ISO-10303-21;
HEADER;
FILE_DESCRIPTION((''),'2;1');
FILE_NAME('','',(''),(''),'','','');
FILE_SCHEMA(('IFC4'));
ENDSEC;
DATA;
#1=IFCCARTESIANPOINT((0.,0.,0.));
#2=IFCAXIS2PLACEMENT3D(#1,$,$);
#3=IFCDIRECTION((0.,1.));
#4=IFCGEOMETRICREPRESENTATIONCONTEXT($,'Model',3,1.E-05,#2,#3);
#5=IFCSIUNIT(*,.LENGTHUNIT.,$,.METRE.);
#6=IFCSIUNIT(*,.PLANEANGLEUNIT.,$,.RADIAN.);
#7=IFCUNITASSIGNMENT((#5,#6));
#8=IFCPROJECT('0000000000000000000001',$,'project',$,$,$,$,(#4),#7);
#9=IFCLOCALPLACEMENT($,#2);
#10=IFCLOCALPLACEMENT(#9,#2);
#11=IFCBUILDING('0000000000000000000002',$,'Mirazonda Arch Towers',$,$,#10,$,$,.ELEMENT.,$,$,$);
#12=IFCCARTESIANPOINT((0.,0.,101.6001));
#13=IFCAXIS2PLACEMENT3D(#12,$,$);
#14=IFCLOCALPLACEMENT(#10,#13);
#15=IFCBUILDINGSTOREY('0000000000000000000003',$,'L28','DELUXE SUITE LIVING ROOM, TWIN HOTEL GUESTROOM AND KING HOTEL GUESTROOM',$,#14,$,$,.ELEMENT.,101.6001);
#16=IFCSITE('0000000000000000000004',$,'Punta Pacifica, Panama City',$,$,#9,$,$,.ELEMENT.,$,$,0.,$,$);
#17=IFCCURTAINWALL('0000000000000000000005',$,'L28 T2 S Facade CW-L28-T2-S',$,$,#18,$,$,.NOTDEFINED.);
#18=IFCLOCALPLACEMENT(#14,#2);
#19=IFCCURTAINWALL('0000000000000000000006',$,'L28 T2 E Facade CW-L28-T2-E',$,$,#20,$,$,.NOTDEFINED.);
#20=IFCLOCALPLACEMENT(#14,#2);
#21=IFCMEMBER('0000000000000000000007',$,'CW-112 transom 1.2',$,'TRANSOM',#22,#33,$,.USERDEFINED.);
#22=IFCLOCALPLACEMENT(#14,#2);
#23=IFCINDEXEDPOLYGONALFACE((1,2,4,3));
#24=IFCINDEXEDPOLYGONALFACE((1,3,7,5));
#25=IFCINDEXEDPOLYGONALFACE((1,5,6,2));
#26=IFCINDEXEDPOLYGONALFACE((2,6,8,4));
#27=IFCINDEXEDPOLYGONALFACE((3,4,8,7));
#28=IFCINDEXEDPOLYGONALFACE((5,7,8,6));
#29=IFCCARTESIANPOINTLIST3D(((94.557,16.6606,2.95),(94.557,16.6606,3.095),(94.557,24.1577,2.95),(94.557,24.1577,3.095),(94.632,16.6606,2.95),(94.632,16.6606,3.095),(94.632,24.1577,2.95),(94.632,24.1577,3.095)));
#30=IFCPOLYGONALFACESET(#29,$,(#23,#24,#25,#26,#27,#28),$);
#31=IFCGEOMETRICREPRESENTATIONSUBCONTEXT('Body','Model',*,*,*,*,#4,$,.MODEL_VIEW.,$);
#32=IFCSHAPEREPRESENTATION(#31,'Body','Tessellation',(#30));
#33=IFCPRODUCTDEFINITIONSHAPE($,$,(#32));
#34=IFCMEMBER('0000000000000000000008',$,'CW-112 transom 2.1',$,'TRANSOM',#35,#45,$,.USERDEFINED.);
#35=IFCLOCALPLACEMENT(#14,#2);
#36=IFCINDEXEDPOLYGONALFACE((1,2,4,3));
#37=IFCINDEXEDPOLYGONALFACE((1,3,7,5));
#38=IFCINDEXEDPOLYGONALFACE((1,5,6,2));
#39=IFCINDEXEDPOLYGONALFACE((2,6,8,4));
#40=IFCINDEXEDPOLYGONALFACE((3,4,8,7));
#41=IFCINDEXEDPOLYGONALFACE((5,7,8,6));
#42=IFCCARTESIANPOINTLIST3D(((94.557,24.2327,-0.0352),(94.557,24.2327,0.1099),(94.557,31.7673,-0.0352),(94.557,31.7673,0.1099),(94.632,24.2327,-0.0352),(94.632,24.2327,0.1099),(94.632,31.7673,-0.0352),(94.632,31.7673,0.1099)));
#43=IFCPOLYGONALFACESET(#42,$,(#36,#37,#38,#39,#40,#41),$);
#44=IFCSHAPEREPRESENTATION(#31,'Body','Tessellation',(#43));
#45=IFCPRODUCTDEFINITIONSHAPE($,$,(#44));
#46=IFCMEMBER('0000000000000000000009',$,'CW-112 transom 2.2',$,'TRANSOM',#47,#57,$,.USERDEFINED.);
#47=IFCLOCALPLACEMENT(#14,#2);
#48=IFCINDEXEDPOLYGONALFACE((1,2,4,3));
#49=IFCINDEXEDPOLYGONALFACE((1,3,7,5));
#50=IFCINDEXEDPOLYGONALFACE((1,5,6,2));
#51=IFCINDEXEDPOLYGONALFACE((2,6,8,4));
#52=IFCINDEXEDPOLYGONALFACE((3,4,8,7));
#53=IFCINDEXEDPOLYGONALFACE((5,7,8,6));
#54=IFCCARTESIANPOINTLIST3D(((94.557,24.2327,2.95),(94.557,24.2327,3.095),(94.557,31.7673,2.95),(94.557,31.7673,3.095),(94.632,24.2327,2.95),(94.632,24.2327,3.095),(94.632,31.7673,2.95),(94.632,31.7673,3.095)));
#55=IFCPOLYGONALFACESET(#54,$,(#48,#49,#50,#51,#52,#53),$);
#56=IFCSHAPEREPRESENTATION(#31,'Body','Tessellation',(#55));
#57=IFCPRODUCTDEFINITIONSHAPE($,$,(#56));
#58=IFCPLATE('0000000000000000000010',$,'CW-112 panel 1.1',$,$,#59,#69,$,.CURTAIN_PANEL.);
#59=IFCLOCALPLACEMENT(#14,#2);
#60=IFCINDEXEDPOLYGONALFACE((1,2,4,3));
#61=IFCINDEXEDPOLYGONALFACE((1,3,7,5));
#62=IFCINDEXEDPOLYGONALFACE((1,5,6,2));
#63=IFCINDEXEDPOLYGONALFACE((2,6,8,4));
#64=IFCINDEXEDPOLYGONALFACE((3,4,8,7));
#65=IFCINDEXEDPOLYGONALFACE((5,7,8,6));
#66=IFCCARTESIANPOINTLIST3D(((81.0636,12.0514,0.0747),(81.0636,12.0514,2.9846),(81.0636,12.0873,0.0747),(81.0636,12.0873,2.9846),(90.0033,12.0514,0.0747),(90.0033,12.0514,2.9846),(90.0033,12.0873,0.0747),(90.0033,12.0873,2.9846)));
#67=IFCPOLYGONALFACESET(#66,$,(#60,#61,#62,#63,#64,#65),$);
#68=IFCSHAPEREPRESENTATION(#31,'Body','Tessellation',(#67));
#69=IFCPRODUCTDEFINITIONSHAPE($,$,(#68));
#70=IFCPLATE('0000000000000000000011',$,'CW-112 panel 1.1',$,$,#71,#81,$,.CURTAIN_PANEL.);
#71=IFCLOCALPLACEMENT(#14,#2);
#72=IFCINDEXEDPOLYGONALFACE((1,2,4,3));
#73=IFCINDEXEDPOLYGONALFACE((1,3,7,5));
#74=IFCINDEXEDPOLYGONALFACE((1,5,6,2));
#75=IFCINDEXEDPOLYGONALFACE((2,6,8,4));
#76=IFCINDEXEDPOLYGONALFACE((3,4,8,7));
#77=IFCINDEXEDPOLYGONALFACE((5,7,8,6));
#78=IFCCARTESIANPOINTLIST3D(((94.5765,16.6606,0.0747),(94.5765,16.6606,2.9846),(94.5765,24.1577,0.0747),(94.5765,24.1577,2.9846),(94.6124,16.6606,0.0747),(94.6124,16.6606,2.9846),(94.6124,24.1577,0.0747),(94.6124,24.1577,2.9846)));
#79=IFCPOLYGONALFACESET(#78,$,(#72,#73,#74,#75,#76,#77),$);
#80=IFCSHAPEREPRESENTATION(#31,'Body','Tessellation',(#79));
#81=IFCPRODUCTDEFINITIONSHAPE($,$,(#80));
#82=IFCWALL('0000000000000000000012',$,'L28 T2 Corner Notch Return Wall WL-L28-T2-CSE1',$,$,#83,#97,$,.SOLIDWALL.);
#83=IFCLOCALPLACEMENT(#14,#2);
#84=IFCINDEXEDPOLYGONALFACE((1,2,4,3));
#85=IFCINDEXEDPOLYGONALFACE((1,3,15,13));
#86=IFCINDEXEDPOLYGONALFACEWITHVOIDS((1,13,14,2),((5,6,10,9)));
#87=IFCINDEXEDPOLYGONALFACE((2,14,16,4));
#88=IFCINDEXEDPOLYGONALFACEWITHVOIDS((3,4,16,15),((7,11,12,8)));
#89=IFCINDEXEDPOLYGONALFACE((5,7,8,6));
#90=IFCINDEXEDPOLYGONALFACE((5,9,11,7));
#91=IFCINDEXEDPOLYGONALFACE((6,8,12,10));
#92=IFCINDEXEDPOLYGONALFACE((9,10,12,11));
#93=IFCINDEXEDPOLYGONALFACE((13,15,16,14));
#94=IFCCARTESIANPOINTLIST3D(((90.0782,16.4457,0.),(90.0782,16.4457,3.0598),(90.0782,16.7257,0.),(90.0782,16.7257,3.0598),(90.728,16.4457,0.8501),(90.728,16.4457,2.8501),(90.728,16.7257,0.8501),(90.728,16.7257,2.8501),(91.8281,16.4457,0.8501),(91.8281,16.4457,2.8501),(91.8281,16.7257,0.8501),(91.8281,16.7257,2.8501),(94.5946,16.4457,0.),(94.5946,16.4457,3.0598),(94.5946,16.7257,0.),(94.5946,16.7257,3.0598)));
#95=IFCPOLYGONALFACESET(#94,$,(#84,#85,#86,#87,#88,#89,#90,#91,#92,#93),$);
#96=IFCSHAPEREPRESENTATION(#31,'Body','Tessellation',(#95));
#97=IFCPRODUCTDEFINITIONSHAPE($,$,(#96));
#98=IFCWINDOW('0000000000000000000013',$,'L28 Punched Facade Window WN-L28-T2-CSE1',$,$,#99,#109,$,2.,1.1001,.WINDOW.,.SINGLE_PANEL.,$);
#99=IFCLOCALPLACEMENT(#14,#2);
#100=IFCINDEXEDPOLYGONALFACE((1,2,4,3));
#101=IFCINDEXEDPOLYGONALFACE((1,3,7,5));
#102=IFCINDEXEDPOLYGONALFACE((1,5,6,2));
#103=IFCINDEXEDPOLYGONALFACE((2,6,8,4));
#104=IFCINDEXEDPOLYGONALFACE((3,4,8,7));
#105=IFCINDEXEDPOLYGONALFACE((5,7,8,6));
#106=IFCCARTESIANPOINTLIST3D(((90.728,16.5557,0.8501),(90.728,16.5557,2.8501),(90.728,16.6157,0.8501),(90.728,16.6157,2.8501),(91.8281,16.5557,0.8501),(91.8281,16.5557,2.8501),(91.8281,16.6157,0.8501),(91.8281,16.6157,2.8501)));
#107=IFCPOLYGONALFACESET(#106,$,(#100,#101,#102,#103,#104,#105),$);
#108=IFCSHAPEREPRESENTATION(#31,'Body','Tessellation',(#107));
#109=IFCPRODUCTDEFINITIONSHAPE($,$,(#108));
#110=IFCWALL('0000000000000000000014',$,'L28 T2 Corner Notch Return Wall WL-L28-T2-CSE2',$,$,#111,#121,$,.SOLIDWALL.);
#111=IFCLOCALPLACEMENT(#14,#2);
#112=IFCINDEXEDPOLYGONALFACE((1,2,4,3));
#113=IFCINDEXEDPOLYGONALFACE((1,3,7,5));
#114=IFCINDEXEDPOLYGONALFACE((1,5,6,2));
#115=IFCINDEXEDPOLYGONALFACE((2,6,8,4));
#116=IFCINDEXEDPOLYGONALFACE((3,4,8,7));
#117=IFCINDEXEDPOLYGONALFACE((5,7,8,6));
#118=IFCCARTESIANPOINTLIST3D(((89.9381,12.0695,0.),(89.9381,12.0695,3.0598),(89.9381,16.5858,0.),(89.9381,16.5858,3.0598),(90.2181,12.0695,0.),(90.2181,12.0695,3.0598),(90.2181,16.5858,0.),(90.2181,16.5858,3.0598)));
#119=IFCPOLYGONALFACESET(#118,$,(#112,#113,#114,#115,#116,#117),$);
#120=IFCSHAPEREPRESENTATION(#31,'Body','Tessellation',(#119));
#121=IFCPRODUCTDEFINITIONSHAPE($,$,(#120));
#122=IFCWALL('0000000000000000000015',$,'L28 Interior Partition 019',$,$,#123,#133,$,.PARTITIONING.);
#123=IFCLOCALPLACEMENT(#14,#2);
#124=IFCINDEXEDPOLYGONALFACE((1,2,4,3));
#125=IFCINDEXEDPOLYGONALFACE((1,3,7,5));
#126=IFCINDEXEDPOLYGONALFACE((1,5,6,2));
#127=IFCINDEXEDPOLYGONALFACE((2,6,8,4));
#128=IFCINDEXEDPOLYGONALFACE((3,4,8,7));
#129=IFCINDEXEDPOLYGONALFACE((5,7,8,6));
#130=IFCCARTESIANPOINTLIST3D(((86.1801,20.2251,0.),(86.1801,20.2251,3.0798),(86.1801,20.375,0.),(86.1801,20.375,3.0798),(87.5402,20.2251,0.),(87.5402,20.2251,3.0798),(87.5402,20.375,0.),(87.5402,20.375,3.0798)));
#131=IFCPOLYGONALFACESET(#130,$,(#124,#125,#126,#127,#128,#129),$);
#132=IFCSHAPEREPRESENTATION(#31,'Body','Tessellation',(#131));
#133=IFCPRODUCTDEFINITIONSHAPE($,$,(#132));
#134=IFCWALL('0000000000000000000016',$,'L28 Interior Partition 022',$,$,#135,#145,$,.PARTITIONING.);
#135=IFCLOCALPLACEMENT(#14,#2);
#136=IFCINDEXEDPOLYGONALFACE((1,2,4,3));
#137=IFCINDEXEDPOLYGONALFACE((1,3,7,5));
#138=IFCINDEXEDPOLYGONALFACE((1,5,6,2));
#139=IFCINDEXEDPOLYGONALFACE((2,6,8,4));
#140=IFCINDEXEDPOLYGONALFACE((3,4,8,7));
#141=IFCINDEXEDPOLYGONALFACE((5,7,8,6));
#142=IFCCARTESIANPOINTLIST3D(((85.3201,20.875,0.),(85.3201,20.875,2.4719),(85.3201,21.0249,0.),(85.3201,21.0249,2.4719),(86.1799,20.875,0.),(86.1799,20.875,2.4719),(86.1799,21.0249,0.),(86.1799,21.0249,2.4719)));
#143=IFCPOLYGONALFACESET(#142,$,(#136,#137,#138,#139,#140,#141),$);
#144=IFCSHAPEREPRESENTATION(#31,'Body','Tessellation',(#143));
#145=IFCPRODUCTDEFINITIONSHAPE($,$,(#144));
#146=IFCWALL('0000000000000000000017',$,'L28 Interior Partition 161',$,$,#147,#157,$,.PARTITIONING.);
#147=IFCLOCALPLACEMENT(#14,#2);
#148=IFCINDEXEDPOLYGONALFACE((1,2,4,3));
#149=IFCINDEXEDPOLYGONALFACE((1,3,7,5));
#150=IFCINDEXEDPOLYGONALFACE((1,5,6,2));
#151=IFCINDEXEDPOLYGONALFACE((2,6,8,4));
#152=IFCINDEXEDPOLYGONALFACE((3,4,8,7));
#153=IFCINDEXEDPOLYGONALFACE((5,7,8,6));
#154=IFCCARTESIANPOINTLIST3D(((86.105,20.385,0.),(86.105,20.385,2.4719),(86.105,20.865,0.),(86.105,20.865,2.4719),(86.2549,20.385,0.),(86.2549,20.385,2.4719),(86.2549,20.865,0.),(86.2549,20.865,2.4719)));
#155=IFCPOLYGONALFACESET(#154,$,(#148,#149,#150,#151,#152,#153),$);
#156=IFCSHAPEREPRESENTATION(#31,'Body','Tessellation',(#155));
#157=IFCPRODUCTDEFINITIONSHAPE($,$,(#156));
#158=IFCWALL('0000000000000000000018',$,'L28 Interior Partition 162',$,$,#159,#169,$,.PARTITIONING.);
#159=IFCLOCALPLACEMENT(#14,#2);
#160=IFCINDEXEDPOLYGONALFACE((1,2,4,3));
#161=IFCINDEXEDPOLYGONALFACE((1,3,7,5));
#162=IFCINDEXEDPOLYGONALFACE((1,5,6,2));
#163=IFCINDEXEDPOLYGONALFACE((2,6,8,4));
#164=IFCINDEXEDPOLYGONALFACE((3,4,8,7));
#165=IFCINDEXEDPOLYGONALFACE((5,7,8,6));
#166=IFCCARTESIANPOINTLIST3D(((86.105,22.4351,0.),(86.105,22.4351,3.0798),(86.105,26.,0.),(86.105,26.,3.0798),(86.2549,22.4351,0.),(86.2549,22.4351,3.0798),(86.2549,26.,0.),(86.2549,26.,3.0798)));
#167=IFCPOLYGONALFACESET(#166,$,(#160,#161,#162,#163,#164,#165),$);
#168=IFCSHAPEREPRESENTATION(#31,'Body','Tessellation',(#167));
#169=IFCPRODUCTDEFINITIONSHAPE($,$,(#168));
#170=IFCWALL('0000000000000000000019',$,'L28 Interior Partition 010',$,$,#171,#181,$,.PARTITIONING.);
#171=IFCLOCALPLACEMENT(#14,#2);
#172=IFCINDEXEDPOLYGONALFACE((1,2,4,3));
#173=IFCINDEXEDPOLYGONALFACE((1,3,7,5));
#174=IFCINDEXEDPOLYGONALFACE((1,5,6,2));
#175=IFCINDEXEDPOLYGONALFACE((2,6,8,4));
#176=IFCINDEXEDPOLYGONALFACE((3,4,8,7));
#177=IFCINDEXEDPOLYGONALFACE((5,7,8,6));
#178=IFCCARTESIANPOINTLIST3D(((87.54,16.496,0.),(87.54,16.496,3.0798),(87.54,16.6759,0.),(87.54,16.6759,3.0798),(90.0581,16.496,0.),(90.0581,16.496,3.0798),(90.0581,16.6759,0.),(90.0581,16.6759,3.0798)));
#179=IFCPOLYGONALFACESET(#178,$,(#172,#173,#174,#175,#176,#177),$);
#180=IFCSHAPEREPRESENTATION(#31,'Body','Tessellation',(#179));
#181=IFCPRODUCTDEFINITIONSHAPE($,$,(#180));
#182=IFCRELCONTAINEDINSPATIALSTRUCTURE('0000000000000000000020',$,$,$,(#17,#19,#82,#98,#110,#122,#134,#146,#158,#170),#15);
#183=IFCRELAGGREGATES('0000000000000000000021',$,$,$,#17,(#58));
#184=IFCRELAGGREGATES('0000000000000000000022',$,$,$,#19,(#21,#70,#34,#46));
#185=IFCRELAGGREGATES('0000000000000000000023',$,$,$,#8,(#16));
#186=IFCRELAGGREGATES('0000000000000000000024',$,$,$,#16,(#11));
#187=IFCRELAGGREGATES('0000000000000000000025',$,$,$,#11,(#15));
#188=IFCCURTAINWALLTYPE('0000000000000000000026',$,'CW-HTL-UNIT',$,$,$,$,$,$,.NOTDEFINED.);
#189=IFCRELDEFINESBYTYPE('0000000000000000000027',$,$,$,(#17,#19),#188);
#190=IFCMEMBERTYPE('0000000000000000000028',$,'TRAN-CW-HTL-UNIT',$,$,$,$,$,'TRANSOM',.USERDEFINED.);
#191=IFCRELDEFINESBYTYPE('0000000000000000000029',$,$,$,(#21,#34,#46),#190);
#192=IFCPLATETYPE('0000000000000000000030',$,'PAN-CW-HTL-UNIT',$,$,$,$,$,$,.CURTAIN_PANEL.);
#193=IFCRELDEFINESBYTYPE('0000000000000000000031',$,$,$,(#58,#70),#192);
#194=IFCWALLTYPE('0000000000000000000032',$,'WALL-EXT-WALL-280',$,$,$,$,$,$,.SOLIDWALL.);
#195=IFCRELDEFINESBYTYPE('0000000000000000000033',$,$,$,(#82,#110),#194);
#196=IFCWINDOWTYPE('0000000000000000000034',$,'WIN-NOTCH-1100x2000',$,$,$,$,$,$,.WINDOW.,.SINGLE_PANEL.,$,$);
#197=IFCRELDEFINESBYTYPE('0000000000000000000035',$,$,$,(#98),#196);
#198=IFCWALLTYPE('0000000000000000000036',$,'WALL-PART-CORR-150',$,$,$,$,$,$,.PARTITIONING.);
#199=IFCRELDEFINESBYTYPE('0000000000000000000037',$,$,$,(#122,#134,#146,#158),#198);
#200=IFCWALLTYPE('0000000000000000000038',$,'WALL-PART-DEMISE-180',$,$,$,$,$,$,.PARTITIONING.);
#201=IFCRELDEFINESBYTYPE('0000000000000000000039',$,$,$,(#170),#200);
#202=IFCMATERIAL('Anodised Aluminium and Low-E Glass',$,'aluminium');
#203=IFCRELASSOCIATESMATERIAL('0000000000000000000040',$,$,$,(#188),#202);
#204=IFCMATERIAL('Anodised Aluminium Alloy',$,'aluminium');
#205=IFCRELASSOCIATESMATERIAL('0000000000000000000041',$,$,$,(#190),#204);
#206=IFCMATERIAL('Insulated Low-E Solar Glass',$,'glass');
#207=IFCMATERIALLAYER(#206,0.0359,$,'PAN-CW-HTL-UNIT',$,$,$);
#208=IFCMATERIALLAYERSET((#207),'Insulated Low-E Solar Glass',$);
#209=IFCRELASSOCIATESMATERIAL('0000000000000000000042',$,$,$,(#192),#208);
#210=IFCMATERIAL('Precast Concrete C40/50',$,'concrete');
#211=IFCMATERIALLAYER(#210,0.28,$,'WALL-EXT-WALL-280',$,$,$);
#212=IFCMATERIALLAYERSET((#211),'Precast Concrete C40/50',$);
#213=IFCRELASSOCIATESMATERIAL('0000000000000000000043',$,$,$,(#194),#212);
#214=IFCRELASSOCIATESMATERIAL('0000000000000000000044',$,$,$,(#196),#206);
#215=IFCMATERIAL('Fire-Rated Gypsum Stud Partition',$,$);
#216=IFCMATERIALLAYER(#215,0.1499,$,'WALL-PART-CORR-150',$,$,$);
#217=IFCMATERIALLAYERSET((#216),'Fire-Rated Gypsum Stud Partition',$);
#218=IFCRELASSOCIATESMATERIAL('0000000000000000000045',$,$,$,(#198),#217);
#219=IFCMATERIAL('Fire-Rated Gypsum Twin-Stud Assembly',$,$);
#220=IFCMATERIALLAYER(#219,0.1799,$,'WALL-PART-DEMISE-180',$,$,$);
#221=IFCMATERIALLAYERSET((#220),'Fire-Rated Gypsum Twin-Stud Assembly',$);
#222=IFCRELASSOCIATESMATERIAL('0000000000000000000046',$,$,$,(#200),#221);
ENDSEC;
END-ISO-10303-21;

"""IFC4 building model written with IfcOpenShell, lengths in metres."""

from ifc_helpers import new_model, si_unit, direction, frame, frame_2d, origin, origin_2d, place, context, subcontext, project, spatial, rectangle, extrude, material, layer, layer_set, material_profile, profile_set, type_object, element, fill, aggregate, save


model = new_model("IFC4")

# Units and contexts
model_context = context("Model", 3, precision=1e-05, world=origin(), true_north=direction((0.0, 1.0)))
body_context = subcontext(model_context, "Body", "Model", "MODEL_VIEW")
ifc_project = project(units=[si_unit("LENGTHUNIT", "METRE"), si_unit("PLANEANGLEUNIT", "RADIAN")], contexts=[model_context])

# Site, building, storey
site_placement = place(None, origin())
site = spatial("IfcSite", under=ifc_project, at=site_placement, Name="Punta Pacifica, Panama City", CompositionType="ELEMENT", RefElevation=0.0)
building_placement = place(site_placement, origin())
building = spatial("IfcBuilding", under=site, at=building_placement, Name="Mirazonda Arch Towers", CompositionType="ELEMENT")
storey_placement = place(building_placement, frame((0.0, 0.0, 101.6001)))
storey = spatial("IfcBuildingStorey", under=building, at=storey_placement, Name="L28", Description="DELUXE SUITE LIVING ROOM, TWIN HOTEL GUESTROOM AND KING HOTEL GUESTROOM", CompositionType="ELEMENT", Elevation=101.6001)

# Curtain wall
ifc_material_1 = material(Name="Anodised Aluminium and Low-E Glass", Category="aluminium")
curtain_wall_type = type_object("IfcCurtainWallType", Name="CW-HTL-UNIT", PredefinedType="NOTDEFINED", material=ifc_material_1)
curtain_wall_1_placement = place(storey_placement, origin())
curtain_wall_1 = element("IfcCurtainWall", 1, at=curtain_wall_1_placement, inside=storey, type_object=curtain_wall_type, Name="L28 T2 S Facade CW-L28-T2-S", PredefinedType="NOTDEFINED")
ifc_material_2 = material(Name="Anodised Aluminium Alloy", Category="aluminium")

# Curtain wall
curtain_wall_2_placement = place(storey_placement, origin())
curtain_wall_2 = element("IfcCurtainWall", 2, at=curtain_wall_2_placement, inside=storey, type_object=curtain_wall_type, Name="L28 T2 E Facade CW-L28-T2-E", PredefinedType="NOTDEFINED")

# Members
ifc_material_profile_1 = material_profile(ifc_material_2, rectangle(XDim=0.075, YDim=0.145, at=origin_2d()), Name="ALU-TRAN-75x145")
ifc_profile_set_1 = profile_set([ifc_material_profile_1], Name="Anodised Aluminium Alloy")
member_type_1 = type_object("IfcMemberType", Name="TRAN-CW-HTL-UNIT", ElementType="TRANSOM", PredefinedType="USERDEFINED", material=ifc_profile_set_1)
member_1_placement = place(storey_placement, frame((94.5945, 16.6606, 3.0225), z_axis=(0.0, 1.0, 0.0), x_axis=(-1.0, 0.0, 0.0)))
member_1 = element("IfcMember", 3, at=member_1_placement, type_object=member_type_1, Name="CW-112 transom 1.2", ObjectType="TRANSOM", PredefinedType="USERDEFINED", context=body_context, shape_type="SweptSolid", body=[
    extrude(rectangle(XDim=0.075, YDim=0.145, at=origin_2d()), origin(), (0.0, 0.0, 1.0), 7.4971),
])
member_2_placement = place(storey_placement, frame((94.5945, 24.2327, 0.0374), z_axis=(0.0, 1.0, 0.0), x_axis=(-1.0, 0.0, 0.0)))
member_2 = element("IfcMember", 4, at=member_2_placement, type_object=member_type_1, Name="CW-112 transom 2.1", ObjectType="TRANSOM", PredefinedType="USERDEFINED", context=body_context, shape_type="SweptSolid", body=[
    extrude(rectangle(XDim=0.075, YDim=0.145, at=origin_2d()), origin(), (0.0, 0.0, 1.0), 7.5347),
])
member_3_placement = place(storey_placement, frame((94.5945, 24.2327, 3.0225), z_axis=(0.0, 1.0, 0.0), x_axis=(-1.0, 0.0, 0.0)))
member_3 = element("IfcMember", 5, at=member_3_placement, type_object=member_type_1, Name="CW-112 transom 2.2", ObjectType="TRANSOM", PredefinedType="USERDEFINED", context=body_context, shape_type="SweptSolid", body=[
    extrude(rectangle(XDim=0.075, YDim=0.145, at=origin_2d()), origin(), (0.0, 0.0, 1.0), 7.5347),
])

# Plates
ifc_material_3 = material(Name="Insulated Low-E Solar Glass", Category="glass")
ifc_layer_1 = layer(ifc_material_3, 0.0359, Name="PAN-CW-HTL-UNIT")
ifc_layer_set_1 = layer_set([ifc_layer_1], Name="Insulated Low-E Solar Glass")
plate_type = type_object("IfcPlateType", Name="PAN-CW-HTL-UNIT", PredefinedType="CURTAIN_PANEL", material=ifc_layer_set_1)
plate_1_placement = place(storey_placement, frame((85.5334, 12.0693, 0.0747), z_axis=(0.0, 0.0, 1.0), x_axis=(-1.0, 0.0, 0.0)))
plate_1 = element("IfcPlate", 6, at=plate_1_placement, type_object=plate_type, Name="CW-112 panel 1.1", PredefinedType="CURTAIN_PANEL", context=body_context, shape_type="SweptSolid", body=[
    extrude(rectangle(XDim=8.9397, YDim=0.0359, at=origin_2d()), origin(), (0.0, 0.0, 1.0), 2.9099),
])
aggregate(curtain_wall_1, [plate_1])
plate_2_placement = place(storey_placement, frame((94.5945, 20.4092, 0.0747), z_axis=(0.0, 0.0, 1.0), x_axis=(0.0, 1.0, 0.0)))
plate_2 = element("IfcPlate", 7, at=plate_2_placement, type_object=plate_type, Name="CW-112 panel 1.1", PredefinedType="CURTAIN_PANEL", context=body_context, shape_type="SweptSolid", body=[
    extrude(rectangle(XDim=7.4971, YDim=0.0359, at=origin_2d()), origin(), (0.0, 0.0, 1.0), 2.9099),
])
aggregate(curtain_wall_2, [member_1, plate_2, member_2, member_3])

# Wall, opening, window
ifc_material_4 = material(Name="Precast Concrete C40/50", Category="concrete")
ifc_layer_2 = layer(ifc_material_4, 0.28, Name="WALL-EXT-WALL-280")
ifc_layer_set_2 = layer_set([ifc_layer_2], Name="Precast Concrete C40/50")
wall_type_1 = type_object("IfcWallType", Name="WALL-EXT-WALL-280", PredefinedType="SOLIDWALL", material=ifc_layer_set_2)
wall_1_placement = place(storey_placement, frame((90.0781, 16.5857, 0.0), z_axis=(0.0, 0.0, 1.0), x_axis=(1.0, 0.0, 0.0)))
wall_1 = element("IfcWall", 8, at=wall_1_placement, inside=storey, type_object=wall_type_1, Name="L28 T2 Corner Notch Return Wall WL-L28-T2-CSE1", PredefinedType="SOLIDWALL", context=body_context, shape_type="SweptSolid", body=[
    extrude(rectangle(XDim=4.5164, YDim=0.28, at=frame_2d((2.2583, 0.0))), origin(), (0.0, 0.0, 1.0), 3.0598),
])
opening_1_placement = place(wall_1_placement, frame((0.6499, 0.0, 0.8501)))
opening_1 = element("IfcOpeningElement", 9, at=opening_1_placement, cuts=wall_1, PredefinedType="OPENING", context=body_context, shape_type="SweptSolid", body=[
    extrude(rectangle(XDim=1.1001, YDim=2.0, at=frame_2d((0.55, 1.0))), frame((0.0, 0.1499, 0.0), z_axis=(0.0, -1.0, 0.0), x_axis=(1.0, 0.0, 0.0)), (0.0, 0.0, 1.0), 0.3),
])
window_type = type_object("IfcWindowType", Name="WIN-NOTCH-1100x2000", PartitioningType="SINGLE_PANEL", PredefinedType="WINDOW", material=ifc_material_3)
window_placement = place(opening_1_placement, origin())
window = element("IfcWindow", 10, at=window_placement, inside=storey, type_object=window_type, Name="L28 Punched Facade Window WN-L28-T2-CSE1", OverallHeight=2.0, OverallWidth=1.1001, PartitioningType="SINGLE_PANEL", PredefinedType="WINDOW", context=body_context, shape_type="SweptSolid", body=[
    extrude(rectangle(XDim=1.1001, YDim=2.0, at=frame_2d((0.55, 1.0))), frame((0.0, 0.03, 0.0), z_axis=(0.0, -1.0, 0.0), x_axis=(1.0, 0.0, 0.0)), (0.0, 0.0, 1.0), 0.0601),
])
fill(opening_1, window)

# Walls
wall_2_placement = place(storey_placement, frame((90.0781, 12.0693, 0.0), z_axis=(0.0, 0.0, 1.0), x_axis=(0.0, 1.0, 0.0)))
element("IfcWall", 11, at=wall_2_placement, inside=storey, type_object=wall_type_1, Name="L28 T2 Corner Notch Return Wall WL-L28-T2-CSE2", PredefinedType="SOLIDWALL", context=body_context, shape_type="SweptSolid", body=[
    extrude(rectangle(XDim=4.5164, YDim=0.28, at=frame_2d((2.2583, 0.0))), origin(), (0.0, 0.0, 1.0), 3.0598),
])
ifc_material_5 = material(Name="Fire-Rated Gypsum Stud Partition")
ifc_layer_3 = layer(ifc_material_5, 0.1499, Name="WALL-PART-CORR-150")
ifc_layer_set_3 = layer_set([ifc_layer_3], Name="Fire-Rated Gypsum Stud Partition")
wall_type_2 = type_object("IfcWallType", Name="WALL-PART-CORR-150", PredefinedType="PARTITIONING", material=ifc_layer_set_3)
wall_3_placement = place(storey_placement, frame((86.1799, 20.3, 0.0), z_axis=(0.0, 0.0, 1.0), x_axis=(1.0, 0.0, 0.0)))
element("IfcWall", 12, at=wall_3_placement, inside=storey, type_object=wall_type_2, Name="L28 Interior Partition 019", PredefinedType="PARTITIONING", context=body_context, shape_type="SweptSolid", body=[
    extrude(rectangle(XDim=1.3601, YDim=0.1499, at=frame_2d((0.6802, 0.0))), origin(), (0.0, 0.0, 1.0), 3.0798),
])
wall_4_placement = place(storey_placement, frame((85.3201, 20.95, 0.0), z_axis=(0.0, 0.0, 1.0), x_axis=(1.0, 0.0, 0.0)))
element("IfcWall", 13, at=wall_4_placement, inside=storey, type_object=wall_type_2, Name="L28 Interior Partition 022", PredefinedType="PARTITIONING", context=body_context, shape_type="SweptSolid", body=[
    extrude(rectangle(XDim=0.8599, YDim=0.1499, at=frame_2d((0.4299, 0.0))), origin(), (0.0, 0.0, 1.0), 2.4719),
])
wall_5_placement = place(storey_placement, frame((86.1799, 20.385, 0.0), z_axis=(0.0, 0.0, 1.0), x_axis=(0.0, 1.0, 0.0)))
element("IfcWall", 14, at=wall_5_placement, inside=storey, type_object=wall_type_2, Name="L28 Interior Partition 161", PredefinedType="PARTITIONING", context=body_context, shape_type="SweptSolid", body=[
    extrude(rectangle(XDim=0.48, YDim=0.1499, at=frame_2d((0.24, 0.0))), origin(), (0.0, 0.0, 1.0), 2.4719),
])
wall_6_placement = place(storey_placement, frame((86.1799, 22.4351, 0.0), z_axis=(0.0, 0.0, 1.0), x_axis=(0.0, 1.0, 0.0)))
element("IfcWall", 15, at=wall_6_placement, inside=storey, type_object=wall_type_2, Name="L28 Interior Partition 162", PredefinedType="PARTITIONING", context=body_context, shape_type="SweptSolid", body=[
    extrude(rectangle(XDim=3.5649, YDim=0.1499, at=frame_2d((1.7825, 0.0))), origin(), (0.0, 0.0, 1.0), 3.0798),
])
ifc_material_6 = material(Name="Fire-Rated Gypsum Twin-Stud Assembly")
ifc_layer_4 = layer(ifc_material_6, 0.1799, Name="WALL-PART-DEMISE-180")
ifc_layer_set_4 = layer_set([ifc_layer_4], Name="Fire-Rated Gypsum Twin-Stud Assembly")
wall_type_3 = type_object("IfcWallType", Name="WALL-PART-DEMISE-180", PredefinedType="PARTITIONING", material=ifc_layer_set_4)
wall_7_placement = place(storey_placement, frame((87.54, 16.5859, 0.0), z_axis=(0.0, 0.0, 1.0), x_axis=(1.0, 0.0, 0.0)))
element("IfcWall", 16, at=wall_7_placement, inside=storey, type_object=wall_type_3, Name="L28 Interior Partition 010", PredefinedType="PARTITIONING", context=body_context, shape_type="SweptSolid", body=[
    extrude(rectangle(XDim=2.5181, YDim=0.1799, at=frame_2d((1.259, 0.0))), origin(), (0.0, 0.0, 1.0), 3.0798),
])

save(model, "model.ifc")
